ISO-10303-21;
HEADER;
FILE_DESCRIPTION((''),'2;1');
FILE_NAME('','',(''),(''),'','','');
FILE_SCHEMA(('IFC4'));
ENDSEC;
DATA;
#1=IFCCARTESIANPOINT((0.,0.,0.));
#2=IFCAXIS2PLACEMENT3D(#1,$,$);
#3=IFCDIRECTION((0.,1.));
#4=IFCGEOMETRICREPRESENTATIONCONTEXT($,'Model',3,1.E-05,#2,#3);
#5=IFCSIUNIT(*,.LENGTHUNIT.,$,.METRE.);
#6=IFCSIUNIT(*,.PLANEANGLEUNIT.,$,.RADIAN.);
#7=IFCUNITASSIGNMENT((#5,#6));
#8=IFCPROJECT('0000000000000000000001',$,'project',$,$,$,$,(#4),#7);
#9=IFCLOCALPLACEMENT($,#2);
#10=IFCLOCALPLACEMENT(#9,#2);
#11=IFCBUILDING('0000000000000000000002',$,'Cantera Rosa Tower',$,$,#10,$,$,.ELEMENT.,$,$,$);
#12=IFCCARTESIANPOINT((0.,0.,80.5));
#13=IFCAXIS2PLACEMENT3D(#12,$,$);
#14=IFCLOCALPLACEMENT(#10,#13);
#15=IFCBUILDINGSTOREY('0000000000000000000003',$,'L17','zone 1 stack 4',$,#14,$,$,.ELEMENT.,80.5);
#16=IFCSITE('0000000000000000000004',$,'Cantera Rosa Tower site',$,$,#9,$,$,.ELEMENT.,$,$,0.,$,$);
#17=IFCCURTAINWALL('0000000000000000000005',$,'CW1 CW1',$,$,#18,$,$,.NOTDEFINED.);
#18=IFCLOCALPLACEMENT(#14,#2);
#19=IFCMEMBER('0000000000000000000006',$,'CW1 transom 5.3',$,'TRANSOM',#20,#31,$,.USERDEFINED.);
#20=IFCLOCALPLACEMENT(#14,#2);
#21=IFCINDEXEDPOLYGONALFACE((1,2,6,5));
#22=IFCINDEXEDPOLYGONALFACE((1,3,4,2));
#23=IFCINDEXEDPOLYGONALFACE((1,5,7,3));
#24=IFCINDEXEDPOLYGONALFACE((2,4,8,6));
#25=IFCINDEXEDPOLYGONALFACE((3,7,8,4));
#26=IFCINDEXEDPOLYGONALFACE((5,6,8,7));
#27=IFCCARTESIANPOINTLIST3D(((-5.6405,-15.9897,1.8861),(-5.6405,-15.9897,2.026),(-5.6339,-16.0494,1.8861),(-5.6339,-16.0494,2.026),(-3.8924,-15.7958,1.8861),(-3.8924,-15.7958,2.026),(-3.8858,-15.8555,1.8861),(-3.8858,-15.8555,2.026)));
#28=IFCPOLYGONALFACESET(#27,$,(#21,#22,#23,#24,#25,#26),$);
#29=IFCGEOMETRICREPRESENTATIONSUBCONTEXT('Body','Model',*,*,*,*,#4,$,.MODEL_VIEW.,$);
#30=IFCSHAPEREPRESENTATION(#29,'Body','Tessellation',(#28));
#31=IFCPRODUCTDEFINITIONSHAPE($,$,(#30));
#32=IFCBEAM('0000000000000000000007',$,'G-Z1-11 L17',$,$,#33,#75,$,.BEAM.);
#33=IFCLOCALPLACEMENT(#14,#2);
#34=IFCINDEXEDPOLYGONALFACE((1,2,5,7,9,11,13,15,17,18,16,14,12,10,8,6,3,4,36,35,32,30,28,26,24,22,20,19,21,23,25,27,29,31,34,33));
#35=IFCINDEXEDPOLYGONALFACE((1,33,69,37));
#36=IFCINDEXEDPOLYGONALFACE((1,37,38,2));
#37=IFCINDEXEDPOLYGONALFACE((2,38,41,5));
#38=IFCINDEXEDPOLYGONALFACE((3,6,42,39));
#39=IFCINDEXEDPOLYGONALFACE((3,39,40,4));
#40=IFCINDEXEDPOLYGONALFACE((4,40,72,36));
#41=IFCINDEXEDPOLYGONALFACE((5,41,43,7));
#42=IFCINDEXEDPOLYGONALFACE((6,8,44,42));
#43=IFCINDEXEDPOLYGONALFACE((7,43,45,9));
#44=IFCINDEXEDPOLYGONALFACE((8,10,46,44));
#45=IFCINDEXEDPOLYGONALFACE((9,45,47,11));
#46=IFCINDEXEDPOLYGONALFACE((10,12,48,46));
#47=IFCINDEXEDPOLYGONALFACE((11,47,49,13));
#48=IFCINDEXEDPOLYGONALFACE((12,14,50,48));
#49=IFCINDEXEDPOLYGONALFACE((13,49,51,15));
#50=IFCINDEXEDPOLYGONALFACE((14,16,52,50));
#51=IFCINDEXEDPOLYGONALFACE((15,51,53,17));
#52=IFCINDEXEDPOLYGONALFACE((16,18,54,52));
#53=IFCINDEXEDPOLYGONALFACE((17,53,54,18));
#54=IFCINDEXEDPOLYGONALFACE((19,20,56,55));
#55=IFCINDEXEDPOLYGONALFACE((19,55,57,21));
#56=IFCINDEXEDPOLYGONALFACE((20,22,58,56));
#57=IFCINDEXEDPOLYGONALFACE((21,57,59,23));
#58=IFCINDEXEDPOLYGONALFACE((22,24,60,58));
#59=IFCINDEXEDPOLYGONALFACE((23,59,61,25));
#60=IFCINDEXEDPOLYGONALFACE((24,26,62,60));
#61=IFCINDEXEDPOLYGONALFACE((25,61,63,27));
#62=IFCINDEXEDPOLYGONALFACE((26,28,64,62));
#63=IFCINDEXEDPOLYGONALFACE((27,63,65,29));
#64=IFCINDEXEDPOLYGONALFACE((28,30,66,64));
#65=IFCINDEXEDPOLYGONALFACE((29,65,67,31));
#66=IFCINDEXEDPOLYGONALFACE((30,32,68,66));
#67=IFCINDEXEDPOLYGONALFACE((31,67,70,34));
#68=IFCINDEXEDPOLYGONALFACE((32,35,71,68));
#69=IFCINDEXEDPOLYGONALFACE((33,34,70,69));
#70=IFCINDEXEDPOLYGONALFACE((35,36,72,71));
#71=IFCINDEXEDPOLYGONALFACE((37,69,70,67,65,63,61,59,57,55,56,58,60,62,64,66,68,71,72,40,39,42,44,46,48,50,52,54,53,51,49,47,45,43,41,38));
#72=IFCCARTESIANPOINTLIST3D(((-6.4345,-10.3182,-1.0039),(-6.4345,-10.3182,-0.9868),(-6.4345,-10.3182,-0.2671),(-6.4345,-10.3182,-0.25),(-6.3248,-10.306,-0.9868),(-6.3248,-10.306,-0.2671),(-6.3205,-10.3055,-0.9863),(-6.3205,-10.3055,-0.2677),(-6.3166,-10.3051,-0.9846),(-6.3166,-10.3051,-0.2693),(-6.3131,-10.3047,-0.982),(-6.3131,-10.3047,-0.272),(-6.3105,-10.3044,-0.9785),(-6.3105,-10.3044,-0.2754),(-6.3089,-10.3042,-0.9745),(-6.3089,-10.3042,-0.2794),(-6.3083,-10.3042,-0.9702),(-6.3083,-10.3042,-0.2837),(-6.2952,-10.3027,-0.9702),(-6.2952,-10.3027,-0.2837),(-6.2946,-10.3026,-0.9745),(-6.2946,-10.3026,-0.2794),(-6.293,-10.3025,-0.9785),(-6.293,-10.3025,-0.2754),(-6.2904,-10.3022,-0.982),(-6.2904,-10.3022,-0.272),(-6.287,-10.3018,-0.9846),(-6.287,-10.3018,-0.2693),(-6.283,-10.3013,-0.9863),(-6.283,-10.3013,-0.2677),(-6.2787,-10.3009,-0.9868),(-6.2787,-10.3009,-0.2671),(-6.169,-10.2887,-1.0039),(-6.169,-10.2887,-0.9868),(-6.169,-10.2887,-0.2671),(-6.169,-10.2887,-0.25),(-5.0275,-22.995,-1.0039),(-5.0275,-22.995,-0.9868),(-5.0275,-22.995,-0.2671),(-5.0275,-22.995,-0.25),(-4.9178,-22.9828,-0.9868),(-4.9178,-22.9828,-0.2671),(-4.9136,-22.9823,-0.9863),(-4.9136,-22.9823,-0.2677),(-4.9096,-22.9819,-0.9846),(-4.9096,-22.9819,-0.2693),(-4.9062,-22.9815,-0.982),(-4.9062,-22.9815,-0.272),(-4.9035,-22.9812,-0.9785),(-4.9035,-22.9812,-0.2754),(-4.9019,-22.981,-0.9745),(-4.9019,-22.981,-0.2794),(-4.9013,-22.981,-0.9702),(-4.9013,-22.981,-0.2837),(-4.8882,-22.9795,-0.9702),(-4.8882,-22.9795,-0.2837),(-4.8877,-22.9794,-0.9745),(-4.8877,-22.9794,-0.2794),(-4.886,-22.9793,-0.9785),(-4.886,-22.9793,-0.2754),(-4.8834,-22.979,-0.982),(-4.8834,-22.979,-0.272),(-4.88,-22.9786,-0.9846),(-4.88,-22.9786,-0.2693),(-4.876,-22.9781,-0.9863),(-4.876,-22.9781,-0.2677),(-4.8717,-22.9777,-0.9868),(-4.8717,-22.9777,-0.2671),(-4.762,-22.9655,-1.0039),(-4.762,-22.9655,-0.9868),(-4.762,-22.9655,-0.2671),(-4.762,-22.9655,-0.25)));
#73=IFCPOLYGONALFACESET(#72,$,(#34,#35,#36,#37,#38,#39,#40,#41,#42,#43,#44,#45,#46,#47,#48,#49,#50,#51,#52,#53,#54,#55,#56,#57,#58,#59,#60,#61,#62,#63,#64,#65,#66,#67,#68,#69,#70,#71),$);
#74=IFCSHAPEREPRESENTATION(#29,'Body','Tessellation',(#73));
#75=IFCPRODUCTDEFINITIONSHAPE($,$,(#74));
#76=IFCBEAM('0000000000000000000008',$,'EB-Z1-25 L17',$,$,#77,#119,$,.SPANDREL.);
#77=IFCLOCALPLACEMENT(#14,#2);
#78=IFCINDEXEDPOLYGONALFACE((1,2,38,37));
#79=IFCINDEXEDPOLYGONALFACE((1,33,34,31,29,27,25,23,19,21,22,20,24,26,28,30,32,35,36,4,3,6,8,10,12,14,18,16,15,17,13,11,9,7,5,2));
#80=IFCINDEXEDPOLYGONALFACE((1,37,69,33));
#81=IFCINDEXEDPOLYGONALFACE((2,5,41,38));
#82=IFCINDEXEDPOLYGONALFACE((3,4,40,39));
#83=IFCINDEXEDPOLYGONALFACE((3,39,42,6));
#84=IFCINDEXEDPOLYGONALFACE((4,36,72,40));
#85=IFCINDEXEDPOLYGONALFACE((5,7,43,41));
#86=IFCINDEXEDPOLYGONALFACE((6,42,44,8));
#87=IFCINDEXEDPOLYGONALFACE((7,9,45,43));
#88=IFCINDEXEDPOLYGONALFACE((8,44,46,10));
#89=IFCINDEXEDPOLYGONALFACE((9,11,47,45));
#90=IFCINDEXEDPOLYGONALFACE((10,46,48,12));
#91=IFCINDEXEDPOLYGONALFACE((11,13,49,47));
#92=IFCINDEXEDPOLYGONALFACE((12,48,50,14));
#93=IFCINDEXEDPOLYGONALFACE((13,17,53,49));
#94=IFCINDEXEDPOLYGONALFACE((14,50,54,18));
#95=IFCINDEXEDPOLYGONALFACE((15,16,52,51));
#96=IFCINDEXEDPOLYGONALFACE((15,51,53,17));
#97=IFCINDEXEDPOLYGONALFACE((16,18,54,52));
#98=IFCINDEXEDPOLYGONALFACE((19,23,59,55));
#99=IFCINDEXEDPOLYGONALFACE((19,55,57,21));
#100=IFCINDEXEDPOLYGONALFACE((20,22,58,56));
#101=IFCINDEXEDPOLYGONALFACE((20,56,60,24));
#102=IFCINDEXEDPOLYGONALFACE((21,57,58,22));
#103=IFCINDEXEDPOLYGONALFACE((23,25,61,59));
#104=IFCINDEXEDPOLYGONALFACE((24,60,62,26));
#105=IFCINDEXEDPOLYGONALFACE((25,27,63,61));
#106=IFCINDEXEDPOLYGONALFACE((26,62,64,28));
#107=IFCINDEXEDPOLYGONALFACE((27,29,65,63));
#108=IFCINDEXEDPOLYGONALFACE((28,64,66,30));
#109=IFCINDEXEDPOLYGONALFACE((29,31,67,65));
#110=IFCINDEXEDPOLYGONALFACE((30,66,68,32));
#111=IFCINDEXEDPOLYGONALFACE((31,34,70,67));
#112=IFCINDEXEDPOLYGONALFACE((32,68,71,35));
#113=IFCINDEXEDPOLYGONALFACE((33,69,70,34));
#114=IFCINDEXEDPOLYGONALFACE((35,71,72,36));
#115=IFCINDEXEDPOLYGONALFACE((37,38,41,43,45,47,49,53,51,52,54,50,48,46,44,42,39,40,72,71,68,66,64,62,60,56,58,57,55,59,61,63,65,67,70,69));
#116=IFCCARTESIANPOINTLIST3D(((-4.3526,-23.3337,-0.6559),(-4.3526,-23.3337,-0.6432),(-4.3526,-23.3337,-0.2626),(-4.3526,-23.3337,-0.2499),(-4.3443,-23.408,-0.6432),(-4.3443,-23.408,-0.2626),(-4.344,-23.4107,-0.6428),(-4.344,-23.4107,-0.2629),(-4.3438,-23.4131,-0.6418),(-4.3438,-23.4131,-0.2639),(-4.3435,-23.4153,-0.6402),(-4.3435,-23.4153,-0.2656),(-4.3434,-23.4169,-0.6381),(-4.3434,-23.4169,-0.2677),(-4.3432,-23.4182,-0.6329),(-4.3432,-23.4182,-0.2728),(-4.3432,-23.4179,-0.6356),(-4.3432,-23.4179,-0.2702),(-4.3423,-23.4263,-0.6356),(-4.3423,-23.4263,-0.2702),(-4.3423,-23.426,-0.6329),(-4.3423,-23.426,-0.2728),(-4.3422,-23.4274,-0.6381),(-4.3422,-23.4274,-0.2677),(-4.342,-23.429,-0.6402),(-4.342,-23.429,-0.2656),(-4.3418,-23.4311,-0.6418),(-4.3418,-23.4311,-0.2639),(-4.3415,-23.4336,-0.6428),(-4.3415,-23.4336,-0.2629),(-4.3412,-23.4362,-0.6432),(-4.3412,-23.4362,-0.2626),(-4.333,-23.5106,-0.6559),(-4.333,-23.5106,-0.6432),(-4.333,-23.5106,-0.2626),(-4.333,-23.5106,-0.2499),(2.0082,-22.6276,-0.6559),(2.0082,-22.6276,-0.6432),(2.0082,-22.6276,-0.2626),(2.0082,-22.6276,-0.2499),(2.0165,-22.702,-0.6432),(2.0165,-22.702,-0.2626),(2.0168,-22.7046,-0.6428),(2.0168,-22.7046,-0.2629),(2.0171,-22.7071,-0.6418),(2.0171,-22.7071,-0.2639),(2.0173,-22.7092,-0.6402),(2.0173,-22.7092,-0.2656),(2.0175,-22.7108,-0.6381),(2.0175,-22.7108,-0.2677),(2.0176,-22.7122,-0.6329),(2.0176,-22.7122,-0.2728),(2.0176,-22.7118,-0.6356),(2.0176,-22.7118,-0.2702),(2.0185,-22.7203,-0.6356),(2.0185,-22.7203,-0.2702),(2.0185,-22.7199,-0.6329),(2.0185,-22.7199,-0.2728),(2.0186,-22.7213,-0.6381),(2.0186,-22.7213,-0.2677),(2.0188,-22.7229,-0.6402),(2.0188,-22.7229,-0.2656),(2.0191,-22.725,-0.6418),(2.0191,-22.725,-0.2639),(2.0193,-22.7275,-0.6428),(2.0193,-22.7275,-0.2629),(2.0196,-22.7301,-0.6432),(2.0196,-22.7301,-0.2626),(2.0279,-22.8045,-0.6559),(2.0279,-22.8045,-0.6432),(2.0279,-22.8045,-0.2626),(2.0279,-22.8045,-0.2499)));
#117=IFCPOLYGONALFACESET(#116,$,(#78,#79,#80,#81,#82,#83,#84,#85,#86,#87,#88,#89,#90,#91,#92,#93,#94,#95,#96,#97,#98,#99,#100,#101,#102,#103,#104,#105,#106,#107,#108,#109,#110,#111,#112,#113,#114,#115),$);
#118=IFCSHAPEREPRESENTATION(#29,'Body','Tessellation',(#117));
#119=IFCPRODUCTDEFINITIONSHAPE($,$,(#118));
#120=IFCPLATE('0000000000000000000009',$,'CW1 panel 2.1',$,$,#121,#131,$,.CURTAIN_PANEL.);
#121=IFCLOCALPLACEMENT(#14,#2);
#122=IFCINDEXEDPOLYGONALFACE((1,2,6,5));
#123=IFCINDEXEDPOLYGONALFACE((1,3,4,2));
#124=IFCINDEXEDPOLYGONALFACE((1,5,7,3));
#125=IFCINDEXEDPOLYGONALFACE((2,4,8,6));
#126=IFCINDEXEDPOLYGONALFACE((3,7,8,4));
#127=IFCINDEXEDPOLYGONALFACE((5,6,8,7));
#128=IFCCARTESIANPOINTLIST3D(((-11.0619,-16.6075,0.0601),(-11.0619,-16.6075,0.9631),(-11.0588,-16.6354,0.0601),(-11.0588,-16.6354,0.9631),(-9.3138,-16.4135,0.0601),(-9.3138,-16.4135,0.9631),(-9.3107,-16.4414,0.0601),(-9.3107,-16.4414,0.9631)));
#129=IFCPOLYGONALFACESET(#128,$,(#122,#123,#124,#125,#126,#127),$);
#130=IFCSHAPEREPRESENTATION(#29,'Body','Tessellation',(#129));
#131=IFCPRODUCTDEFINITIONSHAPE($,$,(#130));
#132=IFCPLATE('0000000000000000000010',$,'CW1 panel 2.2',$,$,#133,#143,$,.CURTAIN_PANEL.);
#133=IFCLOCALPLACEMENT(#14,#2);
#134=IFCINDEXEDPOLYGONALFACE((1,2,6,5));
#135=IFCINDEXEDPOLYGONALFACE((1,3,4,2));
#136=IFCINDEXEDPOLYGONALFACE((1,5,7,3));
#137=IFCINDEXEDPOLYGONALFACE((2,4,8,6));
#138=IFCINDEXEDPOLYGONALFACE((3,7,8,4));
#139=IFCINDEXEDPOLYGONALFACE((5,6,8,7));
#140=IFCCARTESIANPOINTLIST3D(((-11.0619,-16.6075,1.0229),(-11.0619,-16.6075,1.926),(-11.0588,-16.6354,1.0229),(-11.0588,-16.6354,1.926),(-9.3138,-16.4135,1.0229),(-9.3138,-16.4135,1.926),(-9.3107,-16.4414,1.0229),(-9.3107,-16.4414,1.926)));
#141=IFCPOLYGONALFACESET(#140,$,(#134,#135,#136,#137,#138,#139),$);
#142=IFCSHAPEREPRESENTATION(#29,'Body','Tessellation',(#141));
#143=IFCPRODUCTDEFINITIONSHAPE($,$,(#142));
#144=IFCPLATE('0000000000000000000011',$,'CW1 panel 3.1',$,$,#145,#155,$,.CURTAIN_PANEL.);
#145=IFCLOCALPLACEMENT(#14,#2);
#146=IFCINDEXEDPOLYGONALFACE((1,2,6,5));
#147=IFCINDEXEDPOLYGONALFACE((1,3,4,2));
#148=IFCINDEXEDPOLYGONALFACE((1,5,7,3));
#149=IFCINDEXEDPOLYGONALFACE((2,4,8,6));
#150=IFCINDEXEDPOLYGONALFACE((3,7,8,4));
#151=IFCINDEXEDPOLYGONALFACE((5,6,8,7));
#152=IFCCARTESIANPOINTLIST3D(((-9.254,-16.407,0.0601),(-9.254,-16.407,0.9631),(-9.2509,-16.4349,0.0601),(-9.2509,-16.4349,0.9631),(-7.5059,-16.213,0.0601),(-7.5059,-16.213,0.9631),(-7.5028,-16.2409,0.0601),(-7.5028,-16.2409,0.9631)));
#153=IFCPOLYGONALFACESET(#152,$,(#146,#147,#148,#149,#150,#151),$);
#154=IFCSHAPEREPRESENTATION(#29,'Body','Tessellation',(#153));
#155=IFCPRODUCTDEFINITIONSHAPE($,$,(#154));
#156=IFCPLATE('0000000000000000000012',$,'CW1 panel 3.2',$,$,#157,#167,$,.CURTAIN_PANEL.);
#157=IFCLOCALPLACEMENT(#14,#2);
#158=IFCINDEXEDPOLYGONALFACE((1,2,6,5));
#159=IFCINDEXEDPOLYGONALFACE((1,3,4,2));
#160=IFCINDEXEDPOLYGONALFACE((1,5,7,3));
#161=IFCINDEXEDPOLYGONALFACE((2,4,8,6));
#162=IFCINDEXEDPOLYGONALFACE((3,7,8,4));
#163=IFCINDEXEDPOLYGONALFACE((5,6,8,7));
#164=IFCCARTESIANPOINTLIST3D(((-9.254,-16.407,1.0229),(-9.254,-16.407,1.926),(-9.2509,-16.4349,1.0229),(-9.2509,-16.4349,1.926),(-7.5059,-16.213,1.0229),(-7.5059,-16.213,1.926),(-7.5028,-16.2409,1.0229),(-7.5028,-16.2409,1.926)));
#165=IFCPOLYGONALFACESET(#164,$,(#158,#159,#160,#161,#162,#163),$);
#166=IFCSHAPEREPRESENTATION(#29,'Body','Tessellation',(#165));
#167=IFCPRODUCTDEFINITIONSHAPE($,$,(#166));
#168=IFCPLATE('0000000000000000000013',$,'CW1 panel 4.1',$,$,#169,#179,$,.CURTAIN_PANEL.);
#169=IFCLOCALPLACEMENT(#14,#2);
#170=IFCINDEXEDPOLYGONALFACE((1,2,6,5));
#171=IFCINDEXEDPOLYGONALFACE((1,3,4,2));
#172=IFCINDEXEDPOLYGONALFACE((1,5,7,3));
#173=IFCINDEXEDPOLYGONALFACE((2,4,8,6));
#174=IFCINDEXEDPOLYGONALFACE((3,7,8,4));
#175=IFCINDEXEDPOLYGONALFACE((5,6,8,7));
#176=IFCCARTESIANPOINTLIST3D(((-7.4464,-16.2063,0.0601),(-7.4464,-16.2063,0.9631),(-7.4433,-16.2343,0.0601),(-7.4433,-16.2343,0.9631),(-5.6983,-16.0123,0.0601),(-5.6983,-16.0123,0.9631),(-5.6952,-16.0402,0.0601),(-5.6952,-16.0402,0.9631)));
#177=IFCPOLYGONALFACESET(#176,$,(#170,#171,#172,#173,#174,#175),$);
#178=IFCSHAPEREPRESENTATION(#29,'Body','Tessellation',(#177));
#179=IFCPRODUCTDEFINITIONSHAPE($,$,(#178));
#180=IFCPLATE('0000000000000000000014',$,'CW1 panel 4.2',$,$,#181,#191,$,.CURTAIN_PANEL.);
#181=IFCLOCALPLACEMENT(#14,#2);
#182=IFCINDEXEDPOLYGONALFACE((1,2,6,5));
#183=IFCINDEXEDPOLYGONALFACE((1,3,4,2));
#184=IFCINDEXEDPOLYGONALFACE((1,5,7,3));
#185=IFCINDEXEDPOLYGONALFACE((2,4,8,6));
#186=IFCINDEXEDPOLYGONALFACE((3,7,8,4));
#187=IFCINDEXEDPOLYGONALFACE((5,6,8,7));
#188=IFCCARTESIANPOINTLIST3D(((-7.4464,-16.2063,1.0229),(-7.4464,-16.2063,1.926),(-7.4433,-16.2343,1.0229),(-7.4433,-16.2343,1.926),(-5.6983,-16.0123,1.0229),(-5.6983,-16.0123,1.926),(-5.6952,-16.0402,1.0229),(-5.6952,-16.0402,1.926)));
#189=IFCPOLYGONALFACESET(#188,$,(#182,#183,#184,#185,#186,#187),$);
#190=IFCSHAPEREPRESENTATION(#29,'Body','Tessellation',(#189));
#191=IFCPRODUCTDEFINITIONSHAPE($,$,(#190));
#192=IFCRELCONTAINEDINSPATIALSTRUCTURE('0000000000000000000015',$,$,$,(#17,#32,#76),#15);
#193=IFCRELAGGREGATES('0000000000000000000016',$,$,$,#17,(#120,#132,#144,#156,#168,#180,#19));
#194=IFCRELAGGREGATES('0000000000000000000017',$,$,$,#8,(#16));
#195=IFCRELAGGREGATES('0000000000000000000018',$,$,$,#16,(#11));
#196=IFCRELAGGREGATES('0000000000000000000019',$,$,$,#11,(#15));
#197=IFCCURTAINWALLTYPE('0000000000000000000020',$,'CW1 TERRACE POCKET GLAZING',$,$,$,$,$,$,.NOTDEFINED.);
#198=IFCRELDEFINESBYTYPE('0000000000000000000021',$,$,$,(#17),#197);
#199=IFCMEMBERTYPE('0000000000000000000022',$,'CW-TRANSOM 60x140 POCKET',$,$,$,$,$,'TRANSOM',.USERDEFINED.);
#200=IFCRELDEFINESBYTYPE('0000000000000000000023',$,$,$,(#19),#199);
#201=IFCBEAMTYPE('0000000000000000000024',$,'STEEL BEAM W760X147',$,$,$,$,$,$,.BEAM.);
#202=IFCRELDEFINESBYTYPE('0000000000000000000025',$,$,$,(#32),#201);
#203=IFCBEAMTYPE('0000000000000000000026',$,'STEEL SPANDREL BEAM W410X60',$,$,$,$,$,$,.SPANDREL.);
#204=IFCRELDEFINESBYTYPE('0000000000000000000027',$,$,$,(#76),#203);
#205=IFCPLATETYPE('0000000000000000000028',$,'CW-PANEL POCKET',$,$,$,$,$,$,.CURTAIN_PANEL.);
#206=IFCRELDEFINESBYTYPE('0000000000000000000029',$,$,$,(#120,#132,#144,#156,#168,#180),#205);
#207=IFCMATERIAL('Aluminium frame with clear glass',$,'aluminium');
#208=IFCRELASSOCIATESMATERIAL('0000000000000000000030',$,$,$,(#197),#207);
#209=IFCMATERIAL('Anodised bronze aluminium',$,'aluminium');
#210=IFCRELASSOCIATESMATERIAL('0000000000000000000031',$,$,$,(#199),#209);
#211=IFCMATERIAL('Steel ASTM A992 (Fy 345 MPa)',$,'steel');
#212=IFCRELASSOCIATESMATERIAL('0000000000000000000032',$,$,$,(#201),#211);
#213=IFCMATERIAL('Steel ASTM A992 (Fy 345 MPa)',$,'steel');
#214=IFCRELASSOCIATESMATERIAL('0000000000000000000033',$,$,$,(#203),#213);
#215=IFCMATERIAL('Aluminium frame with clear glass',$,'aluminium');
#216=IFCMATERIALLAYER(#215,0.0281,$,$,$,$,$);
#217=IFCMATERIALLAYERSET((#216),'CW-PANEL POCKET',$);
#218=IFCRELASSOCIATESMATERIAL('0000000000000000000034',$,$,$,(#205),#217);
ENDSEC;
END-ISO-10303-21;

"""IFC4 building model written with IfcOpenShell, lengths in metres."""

from ifc_helpers import new_model, si_unit, direction, frame, origin, origin_2d, place, context, subcontext, project, spatial, rectangle, i_section, extrude, material, layer, layer_set, material_profile, profile_set, type_object, element, aggregate, save


model = new_model("IFC4")

# Units and contexts
model_context = context("Model", 3, precision=1e-05, world=origin(), true_north=direction((0.0, 1.0)))
body_context = subcontext(model_context, "Body", "Model", "MODEL_VIEW")
ifc_project = project(units=[si_unit("LENGTHUNIT", "METRE"), si_unit("PLANEANGLEUNIT", "RADIAN")], contexts=[model_context])

# Site, building, storey
site_placement = place(None, origin())
site = spatial("IfcSite", under=ifc_project, at=site_placement, Name="Cantera Rosa Tower site", CompositionType="ELEMENT", RefElevation=0.0)
building_placement = place(site_placement, origin())
building = spatial("IfcBuilding", under=site, at=building_placement, Name="Cantera Rosa Tower", CompositionType="ELEMENT")
storey_placement = place(building_placement, frame((0.0, 0.0, 80.5)))
storey = spatial("IfcBuildingStorey", under=building, at=storey_placement, Name="L17", Description="zone 1 stack 4", CompositionType="ELEMENT", Elevation=80.5)

# Curtain wall, member
ifc_material_1 = material(Name="Aluminium frame with clear glass", Category="aluminium")
curtain_wall_type = type_object("IfcCurtainWallType", Name="CW1 TERRACE POCKET GLAZING", PredefinedType="NOTDEFINED", material=ifc_material_1)
curtain_wall_placement = place(storey_placement, origin())
curtain_wall = element("IfcCurtainWall", 1, at=curtain_wall_placement, inside=storey, type_object=curtain_wall_type, Name="CW1 CW1", PredefinedType="NOTDEFINED")
ifc_material_2 = material(Name="Anodised bronze aluminium", Category="aluminium")
ifc_material_profile_1 = material_profile(ifc_material_2, rectangle(XDim=0.0601, YDim=0.1399, at=origin_2d()), Name="CW-TRANSOM 60x140 POCKET")
ifc_profile_set_1 = profile_set([ifc_material_profile_1], Name="Anodised bronze aluminium")
member_type_1 = type_object("IfcMemberType", Name="CW-TRANSOM 60x140 POCKET", ElementType="TRANSOM", PredefinedType="USERDEFINED", material=ifc_profile_set_1)
member_1_placement = place(storey_placement, frame((-5.6372, -16.0195, 1.9561), z_axis=(0.993907, 0.110218, 0.0), x_axis=(-0.110218, 0.993907, 0.0)))
member_1 = element("IfcMember", 2, at=member_1_placement, type_object=member_type_1, Name="CW1 transom 5.3", ObjectType="TRANSOM", PredefinedType="USERDEFINED", context=body_context, shape_type="SweptSolid", body=[
    extrude(rectangle(XDim=0.0601, YDim=0.1399, at=origin_2d()), origin(), (0.0, 0.0, 1.0), 1.7588),
])

# Beams
ifc_material_3 = material(Name="Steel ASTM A992 (Fy 345 MPa)", Category="steel")
ifc_material_profile_2 = material_profile(ifc_material_3, i_section(OverallWidth=0.2671, OverallDepth=0.7539, WebThickness=0.0132, FlangeThickness=0.0171, FilletRadius=0.0166, at=origin_2d()), Name="W760X147")
ifc_profile_set_2 = profile_set([ifc_material_profile_2], Name="Steel ASTM A992 (Fy 345 MPa)")
beam_type_1 = type_object("IfcBeamType", Name="STEEL BEAM W760X147", PredefinedType="BEAM", material=ifc_profile_set_2)
beam_1_placement = place(storey_placement, frame((-4.8948, -22.9802, -0.627), z_axis=(-0.110312, 0.993897, 0.0), x_axis=(-0.993897, -0.110312, 0.0)))
element("IfcBeam", 3, at=beam_1_placement, inside=storey, type_object=beam_type_1, Name="G-Z1-11 L17", PredefinedType="BEAM", context=body_context, shape_type="SweptSolid", body=[
    extrude(i_section(OverallWidth=0.2671, OverallDepth=0.7539, WebThickness=0.0132, FlangeThickness=0.0171, FilletRadius=0.0166, at=origin_2d()), origin(), (0.0, 0.0, 1.0), 12.7546),
])
ifc_material_4 = material(Name="Steel ASTM A992 (Fy 345 MPa)", Category="steel")
ifc_material_profile_3 = material_profile(ifc_material_4, i_section(OverallWidth=0.178, OverallDepth=0.406, WebThickness=0.0078, FlangeThickness=0.0127, FilletRadius=0.0103, at=origin_2d()), Name="W410X60")
ifc_profile_set_3 = profile_set([ifc_material_profile_3], Name="Steel ASTM A992 (Fy 345 MPa)")
beam_type_2 = type_object("IfcBeamType", Name="STEEL SPANDREL BEAM W410X60", PredefinedType="SPANDREL", material=ifc_profile_set_3)
beam_2_placement = place(storey_placement, frame((-4.3428, -23.4221, -0.4529), z_axis=(0.993896, 0.110323, 0.0), x_axis=(-0.110323, 0.993896, 0.0)))
element("IfcBeam", 4, at=beam_2_placement, inside=storey, type_object=beam_type_2, Name="EB-Z1-25 L17", PredefinedType="SPANDREL", context=body_context, shape_type="SweptSolid", body=[
    extrude(i_section(OverallWidth=0.178, OverallDepth=0.406, WebThickness=0.0078, FlangeThickness=0.0127, FilletRadius=0.0103, at=origin_2d()), origin(), (0.0, 0.0, 1.0), 6.3999),
])

# Plates
ifc_material_5 = material(Name="Aluminium frame with clear glass", Category="aluminium")
ifc_layer_1 = layer(ifc_material_5, 0.0281)
ifc_layer_set_1 = layer_set([ifc_layer_1], Name="CW-PANEL POCKET")
plate_type = type_object("IfcPlateType", Name="CW-PANEL POCKET", PredefinedType="CURTAIN_PANEL", material=ifc_layer_set_1)
plate_1_placement = place(storey_placement, frame((-10.1863, -16.5244, 0.0601), z_axis=(0.0, 0.0, 1.0), x_axis=(0.993897, 0.110313, 0.0)))
plate_1 = element("IfcPlate", 5, at=plate_1_placement, type_object=plate_type, Name="CW1 panel 2.1", PredefinedType="CURTAIN_PANEL", context=body_context, shape_type="SweptSolid", body=[
    extrude(rectangle(XDim=1.7588, YDim=0.0281, at=origin_2d()), origin(), (0.0, 0.0, 1.0), 0.9031),
])
plate_2_placement = place(storey_placement, frame((-10.1863, -16.5244, 1.0229), z_axis=(0.0, 0.0, 1.0), x_axis=(0.993897, 0.110313, 0.0)))
plate_2 = element("IfcPlate", 6, at=plate_2_placement, type_object=plate_type, Name="CW1 panel 2.2", PredefinedType="CURTAIN_PANEL", context=body_context, shape_type="SweptSolid", body=[
    extrude(rectangle(XDim=1.7588, YDim=0.0281, at=origin_2d()), origin(), (0.0, 0.0, 1.0), 0.9031),
])
plate_3_placement = place(storey_placement, frame((-8.3784, -16.324, 0.0601), z_axis=(0.0, 0.0, 1.0), x_axis=(0.993897, 0.110313, 0.0)))
plate_3 = element("IfcPlate", 7, at=plate_3_placement, type_object=plate_type, Name="CW1 panel 3.1", PredefinedType="CURTAIN_PANEL", context=body_context, shape_type="SweptSolid", body=[
    extrude(rectangle(XDim=1.7588, YDim=0.0281, at=origin_2d()), origin(), (0.0, 0.0, 1.0), 0.9031),
])
plate_4_placement = place(storey_placement, frame((-8.3784, -16.324, 1.0229), z_axis=(0.0, 0.0, 1.0), x_axis=(0.993897, 0.110313, 0.0)))
plate_4 = element("IfcPlate", 8, at=plate_4_placement, type_object=plate_type, Name="CW1 panel 3.2", PredefinedType="CURTAIN_PANEL", context=body_context, shape_type="SweptSolid", body=[
    extrude(rectangle(XDim=1.7588, YDim=0.0281, at=origin_2d()), origin(), (0.0, 0.0, 1.0), 0.9031),
])
plate_5_placement = place(storey_placement, frame((-6.5708, -16.1233, 0.0601), z_axis=(0.0, 0.0, 1.0), x_axis=(0.993897, 0.110313, 0.0)))
plate_5 = element("IfcPlate", 9, at=plate_5_placement, type_object=plate_type, Name="CW1 panel 4.1", PredefinedType="CURTAIN_PANEL", context=body_context, shape_type="SweptSolid", body=[
    extrude(rectangle(XDim=1.7588, YDim=0.0281, at=origin_2d()), origin(), (0.0, 0.0, 1.0), 0.9031),
])
plate_6_placement = place(storey_placement, frame((-6.5708, -16.1233, 1.0229), z_axis=(0.0, 0.0, 1.0), x_axis=(0.993897, 0.110313, 0.0)))
plate_6 = element("IfcPlate", 10, at=plate_6_placement, type_object=plate_type, Name="CW1 panel 4.2", PredefinedType="CURTAIN_PANEL", context=body_context, shape_type="SweptSolid", body=[
    extrude(rectangle(XDim=1.7588, YDim=0.0281, at=origin_2d()), origin(), (0.0, 0.0, 1.0), 0.9031),
])
aggregate(curtain_wall, [plate_1, plate_2, plate_3, plate_4, plate_5, plate_6, member_1])

save(model, "model.ifc")
